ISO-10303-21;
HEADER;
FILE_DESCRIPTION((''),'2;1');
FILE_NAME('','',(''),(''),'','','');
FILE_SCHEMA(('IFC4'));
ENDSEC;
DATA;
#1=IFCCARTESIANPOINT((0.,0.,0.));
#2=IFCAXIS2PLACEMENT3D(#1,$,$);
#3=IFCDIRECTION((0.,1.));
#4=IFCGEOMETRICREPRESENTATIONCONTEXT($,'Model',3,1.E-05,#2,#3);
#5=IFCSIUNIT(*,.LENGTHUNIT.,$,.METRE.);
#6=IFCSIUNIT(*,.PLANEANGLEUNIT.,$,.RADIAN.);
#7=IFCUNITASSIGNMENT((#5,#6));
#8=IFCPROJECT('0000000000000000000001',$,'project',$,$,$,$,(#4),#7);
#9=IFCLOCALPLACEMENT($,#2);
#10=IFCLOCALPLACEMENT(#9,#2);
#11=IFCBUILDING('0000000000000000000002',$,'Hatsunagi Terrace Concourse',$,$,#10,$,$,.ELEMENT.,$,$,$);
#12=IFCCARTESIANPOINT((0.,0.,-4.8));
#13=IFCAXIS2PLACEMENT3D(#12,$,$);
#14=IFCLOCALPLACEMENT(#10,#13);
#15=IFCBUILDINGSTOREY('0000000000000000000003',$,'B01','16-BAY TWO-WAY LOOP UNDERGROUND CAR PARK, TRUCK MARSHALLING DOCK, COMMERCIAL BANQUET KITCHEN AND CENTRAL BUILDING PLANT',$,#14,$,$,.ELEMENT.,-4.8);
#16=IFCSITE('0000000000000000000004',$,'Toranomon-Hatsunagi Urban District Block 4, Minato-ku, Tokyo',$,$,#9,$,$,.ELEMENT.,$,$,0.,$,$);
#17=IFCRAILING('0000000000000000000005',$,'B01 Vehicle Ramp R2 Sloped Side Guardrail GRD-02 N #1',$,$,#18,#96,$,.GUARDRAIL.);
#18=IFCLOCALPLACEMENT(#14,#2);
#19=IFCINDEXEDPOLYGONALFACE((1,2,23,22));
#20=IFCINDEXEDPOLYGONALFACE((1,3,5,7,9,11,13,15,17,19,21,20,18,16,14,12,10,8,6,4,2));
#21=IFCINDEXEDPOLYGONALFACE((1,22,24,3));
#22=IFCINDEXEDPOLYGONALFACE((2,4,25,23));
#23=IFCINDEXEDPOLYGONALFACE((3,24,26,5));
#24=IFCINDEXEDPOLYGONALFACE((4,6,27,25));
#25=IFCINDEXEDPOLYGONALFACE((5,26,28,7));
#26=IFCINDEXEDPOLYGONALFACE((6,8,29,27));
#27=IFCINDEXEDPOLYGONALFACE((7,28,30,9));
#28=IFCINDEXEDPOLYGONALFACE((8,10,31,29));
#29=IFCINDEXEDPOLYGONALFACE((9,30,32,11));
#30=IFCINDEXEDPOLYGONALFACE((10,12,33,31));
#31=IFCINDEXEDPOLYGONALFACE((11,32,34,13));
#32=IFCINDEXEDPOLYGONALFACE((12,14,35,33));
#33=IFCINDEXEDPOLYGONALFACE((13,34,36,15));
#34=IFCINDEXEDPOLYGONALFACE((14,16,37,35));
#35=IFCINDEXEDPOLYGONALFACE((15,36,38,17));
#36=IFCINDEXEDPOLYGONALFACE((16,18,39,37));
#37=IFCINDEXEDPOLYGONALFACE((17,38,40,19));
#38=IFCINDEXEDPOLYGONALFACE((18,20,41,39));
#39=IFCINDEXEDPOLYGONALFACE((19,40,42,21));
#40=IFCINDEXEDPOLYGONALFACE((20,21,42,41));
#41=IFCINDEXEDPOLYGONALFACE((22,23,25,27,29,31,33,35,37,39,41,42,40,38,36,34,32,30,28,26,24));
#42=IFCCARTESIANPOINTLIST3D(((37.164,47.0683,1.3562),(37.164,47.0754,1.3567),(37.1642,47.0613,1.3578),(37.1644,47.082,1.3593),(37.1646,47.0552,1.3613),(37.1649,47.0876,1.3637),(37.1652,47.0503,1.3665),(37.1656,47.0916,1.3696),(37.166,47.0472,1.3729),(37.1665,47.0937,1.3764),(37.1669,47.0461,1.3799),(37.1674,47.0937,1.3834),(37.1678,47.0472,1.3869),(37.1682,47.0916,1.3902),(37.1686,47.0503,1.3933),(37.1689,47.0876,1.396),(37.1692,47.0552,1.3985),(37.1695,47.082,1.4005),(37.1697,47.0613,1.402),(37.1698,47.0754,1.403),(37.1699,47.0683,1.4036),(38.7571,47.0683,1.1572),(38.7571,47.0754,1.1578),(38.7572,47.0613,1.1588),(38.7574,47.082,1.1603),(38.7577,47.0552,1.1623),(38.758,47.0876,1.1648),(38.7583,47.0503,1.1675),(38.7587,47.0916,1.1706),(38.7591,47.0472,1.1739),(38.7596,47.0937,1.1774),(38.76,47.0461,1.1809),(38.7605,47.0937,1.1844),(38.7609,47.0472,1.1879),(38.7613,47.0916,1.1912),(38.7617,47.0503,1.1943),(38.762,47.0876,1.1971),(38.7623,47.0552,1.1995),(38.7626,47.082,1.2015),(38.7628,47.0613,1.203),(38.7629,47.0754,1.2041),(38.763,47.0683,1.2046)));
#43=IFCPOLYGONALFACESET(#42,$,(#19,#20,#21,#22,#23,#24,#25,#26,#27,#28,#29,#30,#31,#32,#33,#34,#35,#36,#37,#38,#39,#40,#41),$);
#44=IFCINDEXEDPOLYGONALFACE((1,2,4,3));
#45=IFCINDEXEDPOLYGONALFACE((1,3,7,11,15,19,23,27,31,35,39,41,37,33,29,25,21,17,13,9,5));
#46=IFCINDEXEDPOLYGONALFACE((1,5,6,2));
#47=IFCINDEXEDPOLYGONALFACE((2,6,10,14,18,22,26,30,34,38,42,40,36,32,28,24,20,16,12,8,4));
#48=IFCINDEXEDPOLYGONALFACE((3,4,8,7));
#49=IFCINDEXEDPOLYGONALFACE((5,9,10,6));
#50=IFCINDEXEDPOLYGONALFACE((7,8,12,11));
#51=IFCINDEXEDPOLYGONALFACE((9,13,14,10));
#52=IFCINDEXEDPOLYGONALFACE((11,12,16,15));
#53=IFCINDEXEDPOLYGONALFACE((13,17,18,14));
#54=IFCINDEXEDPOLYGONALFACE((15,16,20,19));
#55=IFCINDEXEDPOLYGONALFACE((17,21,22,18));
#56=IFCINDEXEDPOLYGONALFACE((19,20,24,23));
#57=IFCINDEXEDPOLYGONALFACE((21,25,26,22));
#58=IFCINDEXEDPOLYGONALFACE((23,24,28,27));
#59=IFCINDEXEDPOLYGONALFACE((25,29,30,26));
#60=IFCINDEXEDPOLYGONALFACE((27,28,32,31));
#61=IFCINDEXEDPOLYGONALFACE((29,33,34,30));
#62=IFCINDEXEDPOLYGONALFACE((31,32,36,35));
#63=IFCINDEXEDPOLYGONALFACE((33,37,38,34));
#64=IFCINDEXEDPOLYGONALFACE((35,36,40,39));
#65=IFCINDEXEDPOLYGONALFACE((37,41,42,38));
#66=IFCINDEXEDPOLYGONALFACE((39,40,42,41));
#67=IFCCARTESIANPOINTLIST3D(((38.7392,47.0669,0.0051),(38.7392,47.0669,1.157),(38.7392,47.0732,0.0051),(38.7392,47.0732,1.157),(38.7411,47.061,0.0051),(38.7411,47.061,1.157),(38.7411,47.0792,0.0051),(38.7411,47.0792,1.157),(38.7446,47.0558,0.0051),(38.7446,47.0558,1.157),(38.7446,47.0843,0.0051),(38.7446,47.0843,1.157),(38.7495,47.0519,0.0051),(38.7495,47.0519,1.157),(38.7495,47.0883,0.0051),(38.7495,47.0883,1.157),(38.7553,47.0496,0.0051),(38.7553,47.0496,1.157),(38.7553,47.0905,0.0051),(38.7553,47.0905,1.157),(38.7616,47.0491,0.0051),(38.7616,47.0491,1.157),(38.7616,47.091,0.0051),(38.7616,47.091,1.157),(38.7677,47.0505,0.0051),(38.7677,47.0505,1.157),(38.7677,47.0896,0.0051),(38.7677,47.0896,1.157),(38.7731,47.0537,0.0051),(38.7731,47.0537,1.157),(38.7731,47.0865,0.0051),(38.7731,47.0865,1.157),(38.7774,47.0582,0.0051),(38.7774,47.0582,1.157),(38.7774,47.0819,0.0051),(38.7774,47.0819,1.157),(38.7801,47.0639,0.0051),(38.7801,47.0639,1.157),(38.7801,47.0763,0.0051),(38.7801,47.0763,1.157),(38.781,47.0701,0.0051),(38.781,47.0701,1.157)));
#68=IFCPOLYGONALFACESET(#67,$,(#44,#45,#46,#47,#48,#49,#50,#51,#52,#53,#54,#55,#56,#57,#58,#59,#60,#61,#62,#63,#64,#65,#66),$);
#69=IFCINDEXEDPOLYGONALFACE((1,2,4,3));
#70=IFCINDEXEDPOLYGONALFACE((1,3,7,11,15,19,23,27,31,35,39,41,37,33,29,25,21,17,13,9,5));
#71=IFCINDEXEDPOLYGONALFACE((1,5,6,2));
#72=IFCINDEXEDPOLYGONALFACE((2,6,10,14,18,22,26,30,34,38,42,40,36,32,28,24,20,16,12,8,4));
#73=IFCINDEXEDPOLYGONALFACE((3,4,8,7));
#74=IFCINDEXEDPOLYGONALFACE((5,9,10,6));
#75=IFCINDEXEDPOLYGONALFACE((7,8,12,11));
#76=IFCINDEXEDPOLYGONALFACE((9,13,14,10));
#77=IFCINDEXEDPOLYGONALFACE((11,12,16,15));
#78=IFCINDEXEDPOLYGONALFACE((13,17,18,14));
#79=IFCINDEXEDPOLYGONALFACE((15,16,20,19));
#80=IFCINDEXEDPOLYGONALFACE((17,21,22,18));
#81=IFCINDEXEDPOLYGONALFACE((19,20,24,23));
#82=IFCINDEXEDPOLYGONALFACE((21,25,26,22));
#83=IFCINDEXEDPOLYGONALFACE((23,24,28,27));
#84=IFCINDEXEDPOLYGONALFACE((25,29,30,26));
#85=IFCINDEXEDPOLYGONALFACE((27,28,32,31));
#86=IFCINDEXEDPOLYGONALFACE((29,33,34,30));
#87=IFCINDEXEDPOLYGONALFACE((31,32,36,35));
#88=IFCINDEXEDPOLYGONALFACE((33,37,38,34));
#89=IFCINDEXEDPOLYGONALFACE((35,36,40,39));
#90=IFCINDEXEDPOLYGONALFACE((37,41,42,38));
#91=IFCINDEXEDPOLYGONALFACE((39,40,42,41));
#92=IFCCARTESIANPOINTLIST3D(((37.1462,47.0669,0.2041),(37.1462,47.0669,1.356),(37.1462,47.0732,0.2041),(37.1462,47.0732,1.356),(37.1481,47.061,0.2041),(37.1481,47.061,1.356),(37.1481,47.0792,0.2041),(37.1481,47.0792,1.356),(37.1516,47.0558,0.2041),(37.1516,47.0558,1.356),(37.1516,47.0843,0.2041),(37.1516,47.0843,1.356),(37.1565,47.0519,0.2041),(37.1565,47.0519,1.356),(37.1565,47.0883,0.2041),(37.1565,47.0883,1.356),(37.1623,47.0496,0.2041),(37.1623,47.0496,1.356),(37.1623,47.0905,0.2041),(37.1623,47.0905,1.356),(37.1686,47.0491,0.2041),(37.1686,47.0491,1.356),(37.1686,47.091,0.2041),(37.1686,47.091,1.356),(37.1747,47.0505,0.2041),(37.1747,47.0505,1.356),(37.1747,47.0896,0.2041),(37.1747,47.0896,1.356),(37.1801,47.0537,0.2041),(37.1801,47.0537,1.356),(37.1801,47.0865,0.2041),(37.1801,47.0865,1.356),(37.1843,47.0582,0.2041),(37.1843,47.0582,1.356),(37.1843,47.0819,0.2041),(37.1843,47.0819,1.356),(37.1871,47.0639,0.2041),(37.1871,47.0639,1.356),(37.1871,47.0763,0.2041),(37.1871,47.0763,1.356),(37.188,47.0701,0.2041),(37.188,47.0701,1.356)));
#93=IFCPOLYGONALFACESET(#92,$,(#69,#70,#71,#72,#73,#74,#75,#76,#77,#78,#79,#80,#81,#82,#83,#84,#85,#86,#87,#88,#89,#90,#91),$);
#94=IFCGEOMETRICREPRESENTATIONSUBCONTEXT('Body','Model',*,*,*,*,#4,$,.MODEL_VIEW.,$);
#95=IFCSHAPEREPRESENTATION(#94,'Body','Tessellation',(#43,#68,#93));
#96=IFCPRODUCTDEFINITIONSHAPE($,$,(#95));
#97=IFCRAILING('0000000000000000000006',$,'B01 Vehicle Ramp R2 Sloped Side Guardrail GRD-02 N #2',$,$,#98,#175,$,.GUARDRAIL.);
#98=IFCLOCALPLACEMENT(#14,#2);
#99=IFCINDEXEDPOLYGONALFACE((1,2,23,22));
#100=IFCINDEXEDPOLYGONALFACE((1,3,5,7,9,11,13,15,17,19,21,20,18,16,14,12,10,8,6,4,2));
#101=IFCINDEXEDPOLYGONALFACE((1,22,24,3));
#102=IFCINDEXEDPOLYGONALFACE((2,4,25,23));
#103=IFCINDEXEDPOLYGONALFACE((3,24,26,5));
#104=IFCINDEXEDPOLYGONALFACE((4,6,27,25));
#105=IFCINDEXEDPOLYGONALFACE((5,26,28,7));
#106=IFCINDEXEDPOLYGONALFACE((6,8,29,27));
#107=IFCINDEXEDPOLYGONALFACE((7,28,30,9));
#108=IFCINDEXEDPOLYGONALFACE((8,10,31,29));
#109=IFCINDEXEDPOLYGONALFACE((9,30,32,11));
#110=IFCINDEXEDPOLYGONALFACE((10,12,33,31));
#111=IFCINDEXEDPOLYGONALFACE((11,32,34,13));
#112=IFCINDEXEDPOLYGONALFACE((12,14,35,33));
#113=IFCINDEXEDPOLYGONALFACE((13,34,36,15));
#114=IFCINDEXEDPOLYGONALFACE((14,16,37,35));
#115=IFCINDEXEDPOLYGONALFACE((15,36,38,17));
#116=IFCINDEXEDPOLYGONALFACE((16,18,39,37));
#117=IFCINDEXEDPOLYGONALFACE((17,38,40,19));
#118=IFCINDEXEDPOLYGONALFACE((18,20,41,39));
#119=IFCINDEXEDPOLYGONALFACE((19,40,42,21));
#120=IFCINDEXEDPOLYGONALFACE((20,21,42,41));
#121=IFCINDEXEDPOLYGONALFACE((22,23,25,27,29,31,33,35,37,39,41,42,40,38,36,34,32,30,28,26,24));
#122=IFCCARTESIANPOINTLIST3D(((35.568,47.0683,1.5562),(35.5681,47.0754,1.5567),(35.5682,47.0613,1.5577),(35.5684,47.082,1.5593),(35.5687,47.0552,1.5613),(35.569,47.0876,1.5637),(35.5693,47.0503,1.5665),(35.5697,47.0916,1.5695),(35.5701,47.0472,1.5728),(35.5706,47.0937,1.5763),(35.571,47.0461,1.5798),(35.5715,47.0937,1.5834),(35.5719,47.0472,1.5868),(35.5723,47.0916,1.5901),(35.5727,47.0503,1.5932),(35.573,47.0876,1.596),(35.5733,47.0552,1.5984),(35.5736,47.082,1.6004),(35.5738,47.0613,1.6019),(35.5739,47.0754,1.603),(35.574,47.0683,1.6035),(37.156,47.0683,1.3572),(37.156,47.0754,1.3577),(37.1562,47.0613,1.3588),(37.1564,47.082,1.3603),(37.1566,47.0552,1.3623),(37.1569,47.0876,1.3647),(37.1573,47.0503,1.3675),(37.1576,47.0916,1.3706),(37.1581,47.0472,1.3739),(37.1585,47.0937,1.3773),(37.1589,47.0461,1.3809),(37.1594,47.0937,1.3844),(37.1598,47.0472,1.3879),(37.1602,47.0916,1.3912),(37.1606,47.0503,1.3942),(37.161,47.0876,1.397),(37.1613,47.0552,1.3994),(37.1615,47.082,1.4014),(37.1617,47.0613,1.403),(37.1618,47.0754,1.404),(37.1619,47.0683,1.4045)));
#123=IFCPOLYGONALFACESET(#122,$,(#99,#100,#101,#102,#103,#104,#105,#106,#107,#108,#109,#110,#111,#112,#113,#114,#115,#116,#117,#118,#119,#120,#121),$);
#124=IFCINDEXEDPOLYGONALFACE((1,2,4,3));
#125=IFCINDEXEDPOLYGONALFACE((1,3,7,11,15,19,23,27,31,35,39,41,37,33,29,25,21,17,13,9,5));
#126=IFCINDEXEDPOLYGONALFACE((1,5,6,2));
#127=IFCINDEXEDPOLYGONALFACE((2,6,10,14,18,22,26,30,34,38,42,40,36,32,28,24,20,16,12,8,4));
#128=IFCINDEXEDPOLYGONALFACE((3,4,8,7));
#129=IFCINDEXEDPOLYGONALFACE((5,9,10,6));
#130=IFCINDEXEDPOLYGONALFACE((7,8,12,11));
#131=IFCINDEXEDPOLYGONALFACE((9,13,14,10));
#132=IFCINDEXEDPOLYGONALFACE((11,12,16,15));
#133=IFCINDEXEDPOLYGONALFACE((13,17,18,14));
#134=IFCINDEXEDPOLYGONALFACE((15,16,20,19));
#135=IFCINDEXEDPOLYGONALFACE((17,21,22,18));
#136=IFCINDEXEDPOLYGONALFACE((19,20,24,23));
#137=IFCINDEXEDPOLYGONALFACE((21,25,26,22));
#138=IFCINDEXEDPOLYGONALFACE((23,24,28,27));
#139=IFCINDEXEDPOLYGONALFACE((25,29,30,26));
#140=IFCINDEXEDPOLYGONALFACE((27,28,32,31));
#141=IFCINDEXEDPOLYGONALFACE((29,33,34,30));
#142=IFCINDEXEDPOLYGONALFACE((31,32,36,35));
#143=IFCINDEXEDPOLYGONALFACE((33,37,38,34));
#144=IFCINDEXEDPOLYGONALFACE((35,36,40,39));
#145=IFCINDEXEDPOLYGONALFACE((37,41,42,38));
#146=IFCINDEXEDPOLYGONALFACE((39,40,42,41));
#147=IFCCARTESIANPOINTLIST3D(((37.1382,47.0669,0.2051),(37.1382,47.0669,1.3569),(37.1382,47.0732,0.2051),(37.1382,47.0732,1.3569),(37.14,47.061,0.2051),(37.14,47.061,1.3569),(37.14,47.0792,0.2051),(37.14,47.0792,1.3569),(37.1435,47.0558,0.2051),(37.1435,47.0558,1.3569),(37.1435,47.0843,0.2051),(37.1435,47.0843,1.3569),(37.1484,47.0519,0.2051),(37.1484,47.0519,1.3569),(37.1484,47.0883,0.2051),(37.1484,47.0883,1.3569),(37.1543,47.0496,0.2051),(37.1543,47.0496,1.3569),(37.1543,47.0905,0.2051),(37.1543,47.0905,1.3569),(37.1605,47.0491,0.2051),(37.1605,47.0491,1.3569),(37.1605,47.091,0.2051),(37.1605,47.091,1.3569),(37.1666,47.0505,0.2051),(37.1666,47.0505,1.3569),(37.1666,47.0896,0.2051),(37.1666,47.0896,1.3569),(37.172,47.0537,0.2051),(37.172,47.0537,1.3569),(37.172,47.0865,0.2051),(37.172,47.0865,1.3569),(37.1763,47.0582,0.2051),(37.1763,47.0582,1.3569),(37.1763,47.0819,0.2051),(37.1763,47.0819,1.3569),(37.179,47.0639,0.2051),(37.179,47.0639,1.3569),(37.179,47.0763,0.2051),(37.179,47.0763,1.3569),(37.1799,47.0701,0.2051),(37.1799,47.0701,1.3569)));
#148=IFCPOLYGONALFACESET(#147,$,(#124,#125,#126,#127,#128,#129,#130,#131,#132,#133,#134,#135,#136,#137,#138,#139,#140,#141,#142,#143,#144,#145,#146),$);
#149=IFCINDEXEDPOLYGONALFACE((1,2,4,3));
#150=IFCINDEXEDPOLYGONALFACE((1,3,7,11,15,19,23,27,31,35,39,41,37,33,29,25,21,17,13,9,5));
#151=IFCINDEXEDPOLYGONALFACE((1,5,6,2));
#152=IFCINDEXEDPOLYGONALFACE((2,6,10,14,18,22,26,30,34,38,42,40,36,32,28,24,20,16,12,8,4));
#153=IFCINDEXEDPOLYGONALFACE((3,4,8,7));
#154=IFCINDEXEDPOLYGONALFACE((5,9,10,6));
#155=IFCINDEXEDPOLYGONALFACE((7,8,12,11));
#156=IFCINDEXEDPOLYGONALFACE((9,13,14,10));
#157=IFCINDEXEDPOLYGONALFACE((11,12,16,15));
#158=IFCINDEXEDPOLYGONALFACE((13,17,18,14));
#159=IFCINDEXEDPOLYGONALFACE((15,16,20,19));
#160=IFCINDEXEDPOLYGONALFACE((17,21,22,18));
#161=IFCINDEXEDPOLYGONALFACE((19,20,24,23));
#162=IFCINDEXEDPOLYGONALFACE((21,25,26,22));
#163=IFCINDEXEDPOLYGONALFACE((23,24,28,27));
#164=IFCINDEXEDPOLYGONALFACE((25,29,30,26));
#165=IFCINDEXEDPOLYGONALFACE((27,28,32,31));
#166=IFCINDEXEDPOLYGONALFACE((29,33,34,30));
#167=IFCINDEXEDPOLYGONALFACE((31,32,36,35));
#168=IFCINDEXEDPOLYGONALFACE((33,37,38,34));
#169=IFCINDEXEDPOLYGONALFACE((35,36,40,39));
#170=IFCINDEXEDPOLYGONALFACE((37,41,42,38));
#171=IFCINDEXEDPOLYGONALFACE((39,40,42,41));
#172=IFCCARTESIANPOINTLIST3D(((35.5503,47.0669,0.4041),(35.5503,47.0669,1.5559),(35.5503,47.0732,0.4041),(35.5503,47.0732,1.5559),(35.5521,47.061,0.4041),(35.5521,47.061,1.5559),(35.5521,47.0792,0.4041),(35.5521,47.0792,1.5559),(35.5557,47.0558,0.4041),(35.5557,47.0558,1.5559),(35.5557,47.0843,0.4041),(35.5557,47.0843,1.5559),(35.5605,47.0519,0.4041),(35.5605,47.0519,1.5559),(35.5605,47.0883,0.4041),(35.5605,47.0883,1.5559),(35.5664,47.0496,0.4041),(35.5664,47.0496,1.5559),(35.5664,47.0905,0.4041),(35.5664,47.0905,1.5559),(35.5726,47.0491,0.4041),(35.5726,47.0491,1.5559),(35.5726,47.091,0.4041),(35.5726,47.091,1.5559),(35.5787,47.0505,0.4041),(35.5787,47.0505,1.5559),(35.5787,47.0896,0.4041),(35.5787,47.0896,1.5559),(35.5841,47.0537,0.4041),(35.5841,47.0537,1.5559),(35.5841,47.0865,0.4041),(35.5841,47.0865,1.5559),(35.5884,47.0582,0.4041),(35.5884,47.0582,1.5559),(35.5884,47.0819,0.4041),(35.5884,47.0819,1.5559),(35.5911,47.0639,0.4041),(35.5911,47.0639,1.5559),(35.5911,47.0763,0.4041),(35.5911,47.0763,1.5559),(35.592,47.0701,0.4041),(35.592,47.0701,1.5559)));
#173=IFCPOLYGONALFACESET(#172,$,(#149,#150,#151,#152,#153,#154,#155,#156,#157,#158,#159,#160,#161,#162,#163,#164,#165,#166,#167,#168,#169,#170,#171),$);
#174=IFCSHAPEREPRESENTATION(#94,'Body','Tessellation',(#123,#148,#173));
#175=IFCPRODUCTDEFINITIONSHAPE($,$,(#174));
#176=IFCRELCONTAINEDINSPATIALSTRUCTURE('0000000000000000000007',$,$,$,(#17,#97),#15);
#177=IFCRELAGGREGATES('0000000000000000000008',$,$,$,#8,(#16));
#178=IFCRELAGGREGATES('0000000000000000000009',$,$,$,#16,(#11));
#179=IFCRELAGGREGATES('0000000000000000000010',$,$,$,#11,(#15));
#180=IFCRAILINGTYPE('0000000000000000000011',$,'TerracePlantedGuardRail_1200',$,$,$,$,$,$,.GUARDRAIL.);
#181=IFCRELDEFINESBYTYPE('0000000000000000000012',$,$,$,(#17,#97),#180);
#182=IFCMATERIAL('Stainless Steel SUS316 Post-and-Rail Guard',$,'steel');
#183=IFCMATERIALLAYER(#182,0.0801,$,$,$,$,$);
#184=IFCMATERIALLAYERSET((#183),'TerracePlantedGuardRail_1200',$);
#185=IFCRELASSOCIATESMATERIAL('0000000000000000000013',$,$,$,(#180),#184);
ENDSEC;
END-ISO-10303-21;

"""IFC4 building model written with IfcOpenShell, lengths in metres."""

from ifc_helpers import new_model, si_unit, direction, frame, origin, origin_2d, place, context, subcontext, project, spatial, circle, extrude, material, layer, layer_set, type_object, element, save


model = new_model("IFC4")

# Units and contexts
model_context = context("Model", 3, precision=1e-05, world=origin(), true_north=direction((0.0, 1.0)))
body_context = subcontext(model_context, "Body", "Model", "MODEL_VIEW")
ifc_project = project(units=[si_unit("LENGTHUNIT", "METRE"), si_unit("PLANEANGLEUNIT", "RADIAN")], contexts=[model_context])

# Site, building, storey
site_placement = place(None, origin())
site = spatial("IfcSite", under=ifc_project, at=site_placement, Name="Toranomon-Hatsunagi Urban District Block 4, Minato-ku, Tokyo", CompositionType="ELEMENT", RefElevation=0.0)
building_placement = place(site_placement, origin())
building = spatial("IfcBuilding", under=site, at=building_placement, Name="Hatsunagi Terrace Concourse", CompositionType="ELEMENT")
storey_placement = place(building_placement, frame((0.0, 0.0, -4.8)))
storey = spatial("IfcBuildingStorey", under=building, at=storey_placement, Name="B01", Description="16-BAY TWO-WAY LOOP UNDERGROUND CAR PARK, TRUCK MARSHALLING DOCK, COMMERCIAL BANQUET KITCHEN AND CENTRAL BUILDING PLANT", CompositionType="ELEMENT", Elevation=-4.8)

# Railings
ifc_material_1 = material(Name="Stainless Steel SUS316 Post-and-Rail Guard", Category="steel")
ifc_layer_1 = layer(ifc_material_1, 0.0801)
ifc_layer_set_1 = layer_set([ifc_layer_1], Name="TerracePlantedGuardRail_1200")
railing_type_1 = type_object("IfcRailingType", Name="TerracePlantedGuardRail_1200", PredefinedType="GUARDRAIL", material=ifc_layer_set_1)
railing_1_placement = place(storey_placement, frame((38.76, 47.0701, 0.0051)))
element("IfcRailing", 1, at=railing_1_placement, inside=storey, type_object=railing_type_1, Name="B01 Vehicle Ramp R2 Sloped Side Guardrail GRD-02 N #1", PredefinedType="GUARDRAIL", context=body_context, shape_type="SweptSolid", body=[
    extrude(circle(Radius=0.0239, at=origin_2d()), frame((0.0, 0.0, 1.1758), z_axis=(-0.99229, 0.0, 0.123941), x_axis=(0.0, -1.0, 0.0)), (0.0, 0.0, 1.0), 1.6055),
    extrude(circle(Radius=0.021, at=origin_2d()), origin(), (0.0, 0.0, 1.0), 1.1519),
    extrude(circle(Radius=0.021, at=origin_2d()), frame((-1.593, 0.0, 0.199)), (0.0, 0.0, 1.0), 1.1519),
])
railing_2_placement = place(storey_placement, frame((37.1589, 47.0701, 0.2051)))
element("IfcRailing", 2, at=railing_2_placement, inside=storey, type_object=railing_type_1, Name="B01 Vehicle Ramp R2 Sloped Side Guardrail GRD-02 N #2", PredefinedType="GUARDRAIL", context=body_context, shape_type="SweptSolid", body=[
    extrude(circle(Radius=0.0239, at=origin_2d()), frame((0.0, 0.0, 1.1758), z_axis=(-0.99224, 0.0, 0.124335), x_axis=(0.0, -1.0, 0.0)), (0.0, 0.0, 1.0), 1.6003),
    extrude(circle(Radius=0.021, at=origin_2d()), origin(), (0.0, 0.0, 1.0), 1.1519),
    extrude(circle(Radius=0.021, at=origin_2d()), frame((-1.5879, 0.0, 0.199)), (0.0, 0.0, 1.0), 1.1519),
])

save(model, "model.ifc")
